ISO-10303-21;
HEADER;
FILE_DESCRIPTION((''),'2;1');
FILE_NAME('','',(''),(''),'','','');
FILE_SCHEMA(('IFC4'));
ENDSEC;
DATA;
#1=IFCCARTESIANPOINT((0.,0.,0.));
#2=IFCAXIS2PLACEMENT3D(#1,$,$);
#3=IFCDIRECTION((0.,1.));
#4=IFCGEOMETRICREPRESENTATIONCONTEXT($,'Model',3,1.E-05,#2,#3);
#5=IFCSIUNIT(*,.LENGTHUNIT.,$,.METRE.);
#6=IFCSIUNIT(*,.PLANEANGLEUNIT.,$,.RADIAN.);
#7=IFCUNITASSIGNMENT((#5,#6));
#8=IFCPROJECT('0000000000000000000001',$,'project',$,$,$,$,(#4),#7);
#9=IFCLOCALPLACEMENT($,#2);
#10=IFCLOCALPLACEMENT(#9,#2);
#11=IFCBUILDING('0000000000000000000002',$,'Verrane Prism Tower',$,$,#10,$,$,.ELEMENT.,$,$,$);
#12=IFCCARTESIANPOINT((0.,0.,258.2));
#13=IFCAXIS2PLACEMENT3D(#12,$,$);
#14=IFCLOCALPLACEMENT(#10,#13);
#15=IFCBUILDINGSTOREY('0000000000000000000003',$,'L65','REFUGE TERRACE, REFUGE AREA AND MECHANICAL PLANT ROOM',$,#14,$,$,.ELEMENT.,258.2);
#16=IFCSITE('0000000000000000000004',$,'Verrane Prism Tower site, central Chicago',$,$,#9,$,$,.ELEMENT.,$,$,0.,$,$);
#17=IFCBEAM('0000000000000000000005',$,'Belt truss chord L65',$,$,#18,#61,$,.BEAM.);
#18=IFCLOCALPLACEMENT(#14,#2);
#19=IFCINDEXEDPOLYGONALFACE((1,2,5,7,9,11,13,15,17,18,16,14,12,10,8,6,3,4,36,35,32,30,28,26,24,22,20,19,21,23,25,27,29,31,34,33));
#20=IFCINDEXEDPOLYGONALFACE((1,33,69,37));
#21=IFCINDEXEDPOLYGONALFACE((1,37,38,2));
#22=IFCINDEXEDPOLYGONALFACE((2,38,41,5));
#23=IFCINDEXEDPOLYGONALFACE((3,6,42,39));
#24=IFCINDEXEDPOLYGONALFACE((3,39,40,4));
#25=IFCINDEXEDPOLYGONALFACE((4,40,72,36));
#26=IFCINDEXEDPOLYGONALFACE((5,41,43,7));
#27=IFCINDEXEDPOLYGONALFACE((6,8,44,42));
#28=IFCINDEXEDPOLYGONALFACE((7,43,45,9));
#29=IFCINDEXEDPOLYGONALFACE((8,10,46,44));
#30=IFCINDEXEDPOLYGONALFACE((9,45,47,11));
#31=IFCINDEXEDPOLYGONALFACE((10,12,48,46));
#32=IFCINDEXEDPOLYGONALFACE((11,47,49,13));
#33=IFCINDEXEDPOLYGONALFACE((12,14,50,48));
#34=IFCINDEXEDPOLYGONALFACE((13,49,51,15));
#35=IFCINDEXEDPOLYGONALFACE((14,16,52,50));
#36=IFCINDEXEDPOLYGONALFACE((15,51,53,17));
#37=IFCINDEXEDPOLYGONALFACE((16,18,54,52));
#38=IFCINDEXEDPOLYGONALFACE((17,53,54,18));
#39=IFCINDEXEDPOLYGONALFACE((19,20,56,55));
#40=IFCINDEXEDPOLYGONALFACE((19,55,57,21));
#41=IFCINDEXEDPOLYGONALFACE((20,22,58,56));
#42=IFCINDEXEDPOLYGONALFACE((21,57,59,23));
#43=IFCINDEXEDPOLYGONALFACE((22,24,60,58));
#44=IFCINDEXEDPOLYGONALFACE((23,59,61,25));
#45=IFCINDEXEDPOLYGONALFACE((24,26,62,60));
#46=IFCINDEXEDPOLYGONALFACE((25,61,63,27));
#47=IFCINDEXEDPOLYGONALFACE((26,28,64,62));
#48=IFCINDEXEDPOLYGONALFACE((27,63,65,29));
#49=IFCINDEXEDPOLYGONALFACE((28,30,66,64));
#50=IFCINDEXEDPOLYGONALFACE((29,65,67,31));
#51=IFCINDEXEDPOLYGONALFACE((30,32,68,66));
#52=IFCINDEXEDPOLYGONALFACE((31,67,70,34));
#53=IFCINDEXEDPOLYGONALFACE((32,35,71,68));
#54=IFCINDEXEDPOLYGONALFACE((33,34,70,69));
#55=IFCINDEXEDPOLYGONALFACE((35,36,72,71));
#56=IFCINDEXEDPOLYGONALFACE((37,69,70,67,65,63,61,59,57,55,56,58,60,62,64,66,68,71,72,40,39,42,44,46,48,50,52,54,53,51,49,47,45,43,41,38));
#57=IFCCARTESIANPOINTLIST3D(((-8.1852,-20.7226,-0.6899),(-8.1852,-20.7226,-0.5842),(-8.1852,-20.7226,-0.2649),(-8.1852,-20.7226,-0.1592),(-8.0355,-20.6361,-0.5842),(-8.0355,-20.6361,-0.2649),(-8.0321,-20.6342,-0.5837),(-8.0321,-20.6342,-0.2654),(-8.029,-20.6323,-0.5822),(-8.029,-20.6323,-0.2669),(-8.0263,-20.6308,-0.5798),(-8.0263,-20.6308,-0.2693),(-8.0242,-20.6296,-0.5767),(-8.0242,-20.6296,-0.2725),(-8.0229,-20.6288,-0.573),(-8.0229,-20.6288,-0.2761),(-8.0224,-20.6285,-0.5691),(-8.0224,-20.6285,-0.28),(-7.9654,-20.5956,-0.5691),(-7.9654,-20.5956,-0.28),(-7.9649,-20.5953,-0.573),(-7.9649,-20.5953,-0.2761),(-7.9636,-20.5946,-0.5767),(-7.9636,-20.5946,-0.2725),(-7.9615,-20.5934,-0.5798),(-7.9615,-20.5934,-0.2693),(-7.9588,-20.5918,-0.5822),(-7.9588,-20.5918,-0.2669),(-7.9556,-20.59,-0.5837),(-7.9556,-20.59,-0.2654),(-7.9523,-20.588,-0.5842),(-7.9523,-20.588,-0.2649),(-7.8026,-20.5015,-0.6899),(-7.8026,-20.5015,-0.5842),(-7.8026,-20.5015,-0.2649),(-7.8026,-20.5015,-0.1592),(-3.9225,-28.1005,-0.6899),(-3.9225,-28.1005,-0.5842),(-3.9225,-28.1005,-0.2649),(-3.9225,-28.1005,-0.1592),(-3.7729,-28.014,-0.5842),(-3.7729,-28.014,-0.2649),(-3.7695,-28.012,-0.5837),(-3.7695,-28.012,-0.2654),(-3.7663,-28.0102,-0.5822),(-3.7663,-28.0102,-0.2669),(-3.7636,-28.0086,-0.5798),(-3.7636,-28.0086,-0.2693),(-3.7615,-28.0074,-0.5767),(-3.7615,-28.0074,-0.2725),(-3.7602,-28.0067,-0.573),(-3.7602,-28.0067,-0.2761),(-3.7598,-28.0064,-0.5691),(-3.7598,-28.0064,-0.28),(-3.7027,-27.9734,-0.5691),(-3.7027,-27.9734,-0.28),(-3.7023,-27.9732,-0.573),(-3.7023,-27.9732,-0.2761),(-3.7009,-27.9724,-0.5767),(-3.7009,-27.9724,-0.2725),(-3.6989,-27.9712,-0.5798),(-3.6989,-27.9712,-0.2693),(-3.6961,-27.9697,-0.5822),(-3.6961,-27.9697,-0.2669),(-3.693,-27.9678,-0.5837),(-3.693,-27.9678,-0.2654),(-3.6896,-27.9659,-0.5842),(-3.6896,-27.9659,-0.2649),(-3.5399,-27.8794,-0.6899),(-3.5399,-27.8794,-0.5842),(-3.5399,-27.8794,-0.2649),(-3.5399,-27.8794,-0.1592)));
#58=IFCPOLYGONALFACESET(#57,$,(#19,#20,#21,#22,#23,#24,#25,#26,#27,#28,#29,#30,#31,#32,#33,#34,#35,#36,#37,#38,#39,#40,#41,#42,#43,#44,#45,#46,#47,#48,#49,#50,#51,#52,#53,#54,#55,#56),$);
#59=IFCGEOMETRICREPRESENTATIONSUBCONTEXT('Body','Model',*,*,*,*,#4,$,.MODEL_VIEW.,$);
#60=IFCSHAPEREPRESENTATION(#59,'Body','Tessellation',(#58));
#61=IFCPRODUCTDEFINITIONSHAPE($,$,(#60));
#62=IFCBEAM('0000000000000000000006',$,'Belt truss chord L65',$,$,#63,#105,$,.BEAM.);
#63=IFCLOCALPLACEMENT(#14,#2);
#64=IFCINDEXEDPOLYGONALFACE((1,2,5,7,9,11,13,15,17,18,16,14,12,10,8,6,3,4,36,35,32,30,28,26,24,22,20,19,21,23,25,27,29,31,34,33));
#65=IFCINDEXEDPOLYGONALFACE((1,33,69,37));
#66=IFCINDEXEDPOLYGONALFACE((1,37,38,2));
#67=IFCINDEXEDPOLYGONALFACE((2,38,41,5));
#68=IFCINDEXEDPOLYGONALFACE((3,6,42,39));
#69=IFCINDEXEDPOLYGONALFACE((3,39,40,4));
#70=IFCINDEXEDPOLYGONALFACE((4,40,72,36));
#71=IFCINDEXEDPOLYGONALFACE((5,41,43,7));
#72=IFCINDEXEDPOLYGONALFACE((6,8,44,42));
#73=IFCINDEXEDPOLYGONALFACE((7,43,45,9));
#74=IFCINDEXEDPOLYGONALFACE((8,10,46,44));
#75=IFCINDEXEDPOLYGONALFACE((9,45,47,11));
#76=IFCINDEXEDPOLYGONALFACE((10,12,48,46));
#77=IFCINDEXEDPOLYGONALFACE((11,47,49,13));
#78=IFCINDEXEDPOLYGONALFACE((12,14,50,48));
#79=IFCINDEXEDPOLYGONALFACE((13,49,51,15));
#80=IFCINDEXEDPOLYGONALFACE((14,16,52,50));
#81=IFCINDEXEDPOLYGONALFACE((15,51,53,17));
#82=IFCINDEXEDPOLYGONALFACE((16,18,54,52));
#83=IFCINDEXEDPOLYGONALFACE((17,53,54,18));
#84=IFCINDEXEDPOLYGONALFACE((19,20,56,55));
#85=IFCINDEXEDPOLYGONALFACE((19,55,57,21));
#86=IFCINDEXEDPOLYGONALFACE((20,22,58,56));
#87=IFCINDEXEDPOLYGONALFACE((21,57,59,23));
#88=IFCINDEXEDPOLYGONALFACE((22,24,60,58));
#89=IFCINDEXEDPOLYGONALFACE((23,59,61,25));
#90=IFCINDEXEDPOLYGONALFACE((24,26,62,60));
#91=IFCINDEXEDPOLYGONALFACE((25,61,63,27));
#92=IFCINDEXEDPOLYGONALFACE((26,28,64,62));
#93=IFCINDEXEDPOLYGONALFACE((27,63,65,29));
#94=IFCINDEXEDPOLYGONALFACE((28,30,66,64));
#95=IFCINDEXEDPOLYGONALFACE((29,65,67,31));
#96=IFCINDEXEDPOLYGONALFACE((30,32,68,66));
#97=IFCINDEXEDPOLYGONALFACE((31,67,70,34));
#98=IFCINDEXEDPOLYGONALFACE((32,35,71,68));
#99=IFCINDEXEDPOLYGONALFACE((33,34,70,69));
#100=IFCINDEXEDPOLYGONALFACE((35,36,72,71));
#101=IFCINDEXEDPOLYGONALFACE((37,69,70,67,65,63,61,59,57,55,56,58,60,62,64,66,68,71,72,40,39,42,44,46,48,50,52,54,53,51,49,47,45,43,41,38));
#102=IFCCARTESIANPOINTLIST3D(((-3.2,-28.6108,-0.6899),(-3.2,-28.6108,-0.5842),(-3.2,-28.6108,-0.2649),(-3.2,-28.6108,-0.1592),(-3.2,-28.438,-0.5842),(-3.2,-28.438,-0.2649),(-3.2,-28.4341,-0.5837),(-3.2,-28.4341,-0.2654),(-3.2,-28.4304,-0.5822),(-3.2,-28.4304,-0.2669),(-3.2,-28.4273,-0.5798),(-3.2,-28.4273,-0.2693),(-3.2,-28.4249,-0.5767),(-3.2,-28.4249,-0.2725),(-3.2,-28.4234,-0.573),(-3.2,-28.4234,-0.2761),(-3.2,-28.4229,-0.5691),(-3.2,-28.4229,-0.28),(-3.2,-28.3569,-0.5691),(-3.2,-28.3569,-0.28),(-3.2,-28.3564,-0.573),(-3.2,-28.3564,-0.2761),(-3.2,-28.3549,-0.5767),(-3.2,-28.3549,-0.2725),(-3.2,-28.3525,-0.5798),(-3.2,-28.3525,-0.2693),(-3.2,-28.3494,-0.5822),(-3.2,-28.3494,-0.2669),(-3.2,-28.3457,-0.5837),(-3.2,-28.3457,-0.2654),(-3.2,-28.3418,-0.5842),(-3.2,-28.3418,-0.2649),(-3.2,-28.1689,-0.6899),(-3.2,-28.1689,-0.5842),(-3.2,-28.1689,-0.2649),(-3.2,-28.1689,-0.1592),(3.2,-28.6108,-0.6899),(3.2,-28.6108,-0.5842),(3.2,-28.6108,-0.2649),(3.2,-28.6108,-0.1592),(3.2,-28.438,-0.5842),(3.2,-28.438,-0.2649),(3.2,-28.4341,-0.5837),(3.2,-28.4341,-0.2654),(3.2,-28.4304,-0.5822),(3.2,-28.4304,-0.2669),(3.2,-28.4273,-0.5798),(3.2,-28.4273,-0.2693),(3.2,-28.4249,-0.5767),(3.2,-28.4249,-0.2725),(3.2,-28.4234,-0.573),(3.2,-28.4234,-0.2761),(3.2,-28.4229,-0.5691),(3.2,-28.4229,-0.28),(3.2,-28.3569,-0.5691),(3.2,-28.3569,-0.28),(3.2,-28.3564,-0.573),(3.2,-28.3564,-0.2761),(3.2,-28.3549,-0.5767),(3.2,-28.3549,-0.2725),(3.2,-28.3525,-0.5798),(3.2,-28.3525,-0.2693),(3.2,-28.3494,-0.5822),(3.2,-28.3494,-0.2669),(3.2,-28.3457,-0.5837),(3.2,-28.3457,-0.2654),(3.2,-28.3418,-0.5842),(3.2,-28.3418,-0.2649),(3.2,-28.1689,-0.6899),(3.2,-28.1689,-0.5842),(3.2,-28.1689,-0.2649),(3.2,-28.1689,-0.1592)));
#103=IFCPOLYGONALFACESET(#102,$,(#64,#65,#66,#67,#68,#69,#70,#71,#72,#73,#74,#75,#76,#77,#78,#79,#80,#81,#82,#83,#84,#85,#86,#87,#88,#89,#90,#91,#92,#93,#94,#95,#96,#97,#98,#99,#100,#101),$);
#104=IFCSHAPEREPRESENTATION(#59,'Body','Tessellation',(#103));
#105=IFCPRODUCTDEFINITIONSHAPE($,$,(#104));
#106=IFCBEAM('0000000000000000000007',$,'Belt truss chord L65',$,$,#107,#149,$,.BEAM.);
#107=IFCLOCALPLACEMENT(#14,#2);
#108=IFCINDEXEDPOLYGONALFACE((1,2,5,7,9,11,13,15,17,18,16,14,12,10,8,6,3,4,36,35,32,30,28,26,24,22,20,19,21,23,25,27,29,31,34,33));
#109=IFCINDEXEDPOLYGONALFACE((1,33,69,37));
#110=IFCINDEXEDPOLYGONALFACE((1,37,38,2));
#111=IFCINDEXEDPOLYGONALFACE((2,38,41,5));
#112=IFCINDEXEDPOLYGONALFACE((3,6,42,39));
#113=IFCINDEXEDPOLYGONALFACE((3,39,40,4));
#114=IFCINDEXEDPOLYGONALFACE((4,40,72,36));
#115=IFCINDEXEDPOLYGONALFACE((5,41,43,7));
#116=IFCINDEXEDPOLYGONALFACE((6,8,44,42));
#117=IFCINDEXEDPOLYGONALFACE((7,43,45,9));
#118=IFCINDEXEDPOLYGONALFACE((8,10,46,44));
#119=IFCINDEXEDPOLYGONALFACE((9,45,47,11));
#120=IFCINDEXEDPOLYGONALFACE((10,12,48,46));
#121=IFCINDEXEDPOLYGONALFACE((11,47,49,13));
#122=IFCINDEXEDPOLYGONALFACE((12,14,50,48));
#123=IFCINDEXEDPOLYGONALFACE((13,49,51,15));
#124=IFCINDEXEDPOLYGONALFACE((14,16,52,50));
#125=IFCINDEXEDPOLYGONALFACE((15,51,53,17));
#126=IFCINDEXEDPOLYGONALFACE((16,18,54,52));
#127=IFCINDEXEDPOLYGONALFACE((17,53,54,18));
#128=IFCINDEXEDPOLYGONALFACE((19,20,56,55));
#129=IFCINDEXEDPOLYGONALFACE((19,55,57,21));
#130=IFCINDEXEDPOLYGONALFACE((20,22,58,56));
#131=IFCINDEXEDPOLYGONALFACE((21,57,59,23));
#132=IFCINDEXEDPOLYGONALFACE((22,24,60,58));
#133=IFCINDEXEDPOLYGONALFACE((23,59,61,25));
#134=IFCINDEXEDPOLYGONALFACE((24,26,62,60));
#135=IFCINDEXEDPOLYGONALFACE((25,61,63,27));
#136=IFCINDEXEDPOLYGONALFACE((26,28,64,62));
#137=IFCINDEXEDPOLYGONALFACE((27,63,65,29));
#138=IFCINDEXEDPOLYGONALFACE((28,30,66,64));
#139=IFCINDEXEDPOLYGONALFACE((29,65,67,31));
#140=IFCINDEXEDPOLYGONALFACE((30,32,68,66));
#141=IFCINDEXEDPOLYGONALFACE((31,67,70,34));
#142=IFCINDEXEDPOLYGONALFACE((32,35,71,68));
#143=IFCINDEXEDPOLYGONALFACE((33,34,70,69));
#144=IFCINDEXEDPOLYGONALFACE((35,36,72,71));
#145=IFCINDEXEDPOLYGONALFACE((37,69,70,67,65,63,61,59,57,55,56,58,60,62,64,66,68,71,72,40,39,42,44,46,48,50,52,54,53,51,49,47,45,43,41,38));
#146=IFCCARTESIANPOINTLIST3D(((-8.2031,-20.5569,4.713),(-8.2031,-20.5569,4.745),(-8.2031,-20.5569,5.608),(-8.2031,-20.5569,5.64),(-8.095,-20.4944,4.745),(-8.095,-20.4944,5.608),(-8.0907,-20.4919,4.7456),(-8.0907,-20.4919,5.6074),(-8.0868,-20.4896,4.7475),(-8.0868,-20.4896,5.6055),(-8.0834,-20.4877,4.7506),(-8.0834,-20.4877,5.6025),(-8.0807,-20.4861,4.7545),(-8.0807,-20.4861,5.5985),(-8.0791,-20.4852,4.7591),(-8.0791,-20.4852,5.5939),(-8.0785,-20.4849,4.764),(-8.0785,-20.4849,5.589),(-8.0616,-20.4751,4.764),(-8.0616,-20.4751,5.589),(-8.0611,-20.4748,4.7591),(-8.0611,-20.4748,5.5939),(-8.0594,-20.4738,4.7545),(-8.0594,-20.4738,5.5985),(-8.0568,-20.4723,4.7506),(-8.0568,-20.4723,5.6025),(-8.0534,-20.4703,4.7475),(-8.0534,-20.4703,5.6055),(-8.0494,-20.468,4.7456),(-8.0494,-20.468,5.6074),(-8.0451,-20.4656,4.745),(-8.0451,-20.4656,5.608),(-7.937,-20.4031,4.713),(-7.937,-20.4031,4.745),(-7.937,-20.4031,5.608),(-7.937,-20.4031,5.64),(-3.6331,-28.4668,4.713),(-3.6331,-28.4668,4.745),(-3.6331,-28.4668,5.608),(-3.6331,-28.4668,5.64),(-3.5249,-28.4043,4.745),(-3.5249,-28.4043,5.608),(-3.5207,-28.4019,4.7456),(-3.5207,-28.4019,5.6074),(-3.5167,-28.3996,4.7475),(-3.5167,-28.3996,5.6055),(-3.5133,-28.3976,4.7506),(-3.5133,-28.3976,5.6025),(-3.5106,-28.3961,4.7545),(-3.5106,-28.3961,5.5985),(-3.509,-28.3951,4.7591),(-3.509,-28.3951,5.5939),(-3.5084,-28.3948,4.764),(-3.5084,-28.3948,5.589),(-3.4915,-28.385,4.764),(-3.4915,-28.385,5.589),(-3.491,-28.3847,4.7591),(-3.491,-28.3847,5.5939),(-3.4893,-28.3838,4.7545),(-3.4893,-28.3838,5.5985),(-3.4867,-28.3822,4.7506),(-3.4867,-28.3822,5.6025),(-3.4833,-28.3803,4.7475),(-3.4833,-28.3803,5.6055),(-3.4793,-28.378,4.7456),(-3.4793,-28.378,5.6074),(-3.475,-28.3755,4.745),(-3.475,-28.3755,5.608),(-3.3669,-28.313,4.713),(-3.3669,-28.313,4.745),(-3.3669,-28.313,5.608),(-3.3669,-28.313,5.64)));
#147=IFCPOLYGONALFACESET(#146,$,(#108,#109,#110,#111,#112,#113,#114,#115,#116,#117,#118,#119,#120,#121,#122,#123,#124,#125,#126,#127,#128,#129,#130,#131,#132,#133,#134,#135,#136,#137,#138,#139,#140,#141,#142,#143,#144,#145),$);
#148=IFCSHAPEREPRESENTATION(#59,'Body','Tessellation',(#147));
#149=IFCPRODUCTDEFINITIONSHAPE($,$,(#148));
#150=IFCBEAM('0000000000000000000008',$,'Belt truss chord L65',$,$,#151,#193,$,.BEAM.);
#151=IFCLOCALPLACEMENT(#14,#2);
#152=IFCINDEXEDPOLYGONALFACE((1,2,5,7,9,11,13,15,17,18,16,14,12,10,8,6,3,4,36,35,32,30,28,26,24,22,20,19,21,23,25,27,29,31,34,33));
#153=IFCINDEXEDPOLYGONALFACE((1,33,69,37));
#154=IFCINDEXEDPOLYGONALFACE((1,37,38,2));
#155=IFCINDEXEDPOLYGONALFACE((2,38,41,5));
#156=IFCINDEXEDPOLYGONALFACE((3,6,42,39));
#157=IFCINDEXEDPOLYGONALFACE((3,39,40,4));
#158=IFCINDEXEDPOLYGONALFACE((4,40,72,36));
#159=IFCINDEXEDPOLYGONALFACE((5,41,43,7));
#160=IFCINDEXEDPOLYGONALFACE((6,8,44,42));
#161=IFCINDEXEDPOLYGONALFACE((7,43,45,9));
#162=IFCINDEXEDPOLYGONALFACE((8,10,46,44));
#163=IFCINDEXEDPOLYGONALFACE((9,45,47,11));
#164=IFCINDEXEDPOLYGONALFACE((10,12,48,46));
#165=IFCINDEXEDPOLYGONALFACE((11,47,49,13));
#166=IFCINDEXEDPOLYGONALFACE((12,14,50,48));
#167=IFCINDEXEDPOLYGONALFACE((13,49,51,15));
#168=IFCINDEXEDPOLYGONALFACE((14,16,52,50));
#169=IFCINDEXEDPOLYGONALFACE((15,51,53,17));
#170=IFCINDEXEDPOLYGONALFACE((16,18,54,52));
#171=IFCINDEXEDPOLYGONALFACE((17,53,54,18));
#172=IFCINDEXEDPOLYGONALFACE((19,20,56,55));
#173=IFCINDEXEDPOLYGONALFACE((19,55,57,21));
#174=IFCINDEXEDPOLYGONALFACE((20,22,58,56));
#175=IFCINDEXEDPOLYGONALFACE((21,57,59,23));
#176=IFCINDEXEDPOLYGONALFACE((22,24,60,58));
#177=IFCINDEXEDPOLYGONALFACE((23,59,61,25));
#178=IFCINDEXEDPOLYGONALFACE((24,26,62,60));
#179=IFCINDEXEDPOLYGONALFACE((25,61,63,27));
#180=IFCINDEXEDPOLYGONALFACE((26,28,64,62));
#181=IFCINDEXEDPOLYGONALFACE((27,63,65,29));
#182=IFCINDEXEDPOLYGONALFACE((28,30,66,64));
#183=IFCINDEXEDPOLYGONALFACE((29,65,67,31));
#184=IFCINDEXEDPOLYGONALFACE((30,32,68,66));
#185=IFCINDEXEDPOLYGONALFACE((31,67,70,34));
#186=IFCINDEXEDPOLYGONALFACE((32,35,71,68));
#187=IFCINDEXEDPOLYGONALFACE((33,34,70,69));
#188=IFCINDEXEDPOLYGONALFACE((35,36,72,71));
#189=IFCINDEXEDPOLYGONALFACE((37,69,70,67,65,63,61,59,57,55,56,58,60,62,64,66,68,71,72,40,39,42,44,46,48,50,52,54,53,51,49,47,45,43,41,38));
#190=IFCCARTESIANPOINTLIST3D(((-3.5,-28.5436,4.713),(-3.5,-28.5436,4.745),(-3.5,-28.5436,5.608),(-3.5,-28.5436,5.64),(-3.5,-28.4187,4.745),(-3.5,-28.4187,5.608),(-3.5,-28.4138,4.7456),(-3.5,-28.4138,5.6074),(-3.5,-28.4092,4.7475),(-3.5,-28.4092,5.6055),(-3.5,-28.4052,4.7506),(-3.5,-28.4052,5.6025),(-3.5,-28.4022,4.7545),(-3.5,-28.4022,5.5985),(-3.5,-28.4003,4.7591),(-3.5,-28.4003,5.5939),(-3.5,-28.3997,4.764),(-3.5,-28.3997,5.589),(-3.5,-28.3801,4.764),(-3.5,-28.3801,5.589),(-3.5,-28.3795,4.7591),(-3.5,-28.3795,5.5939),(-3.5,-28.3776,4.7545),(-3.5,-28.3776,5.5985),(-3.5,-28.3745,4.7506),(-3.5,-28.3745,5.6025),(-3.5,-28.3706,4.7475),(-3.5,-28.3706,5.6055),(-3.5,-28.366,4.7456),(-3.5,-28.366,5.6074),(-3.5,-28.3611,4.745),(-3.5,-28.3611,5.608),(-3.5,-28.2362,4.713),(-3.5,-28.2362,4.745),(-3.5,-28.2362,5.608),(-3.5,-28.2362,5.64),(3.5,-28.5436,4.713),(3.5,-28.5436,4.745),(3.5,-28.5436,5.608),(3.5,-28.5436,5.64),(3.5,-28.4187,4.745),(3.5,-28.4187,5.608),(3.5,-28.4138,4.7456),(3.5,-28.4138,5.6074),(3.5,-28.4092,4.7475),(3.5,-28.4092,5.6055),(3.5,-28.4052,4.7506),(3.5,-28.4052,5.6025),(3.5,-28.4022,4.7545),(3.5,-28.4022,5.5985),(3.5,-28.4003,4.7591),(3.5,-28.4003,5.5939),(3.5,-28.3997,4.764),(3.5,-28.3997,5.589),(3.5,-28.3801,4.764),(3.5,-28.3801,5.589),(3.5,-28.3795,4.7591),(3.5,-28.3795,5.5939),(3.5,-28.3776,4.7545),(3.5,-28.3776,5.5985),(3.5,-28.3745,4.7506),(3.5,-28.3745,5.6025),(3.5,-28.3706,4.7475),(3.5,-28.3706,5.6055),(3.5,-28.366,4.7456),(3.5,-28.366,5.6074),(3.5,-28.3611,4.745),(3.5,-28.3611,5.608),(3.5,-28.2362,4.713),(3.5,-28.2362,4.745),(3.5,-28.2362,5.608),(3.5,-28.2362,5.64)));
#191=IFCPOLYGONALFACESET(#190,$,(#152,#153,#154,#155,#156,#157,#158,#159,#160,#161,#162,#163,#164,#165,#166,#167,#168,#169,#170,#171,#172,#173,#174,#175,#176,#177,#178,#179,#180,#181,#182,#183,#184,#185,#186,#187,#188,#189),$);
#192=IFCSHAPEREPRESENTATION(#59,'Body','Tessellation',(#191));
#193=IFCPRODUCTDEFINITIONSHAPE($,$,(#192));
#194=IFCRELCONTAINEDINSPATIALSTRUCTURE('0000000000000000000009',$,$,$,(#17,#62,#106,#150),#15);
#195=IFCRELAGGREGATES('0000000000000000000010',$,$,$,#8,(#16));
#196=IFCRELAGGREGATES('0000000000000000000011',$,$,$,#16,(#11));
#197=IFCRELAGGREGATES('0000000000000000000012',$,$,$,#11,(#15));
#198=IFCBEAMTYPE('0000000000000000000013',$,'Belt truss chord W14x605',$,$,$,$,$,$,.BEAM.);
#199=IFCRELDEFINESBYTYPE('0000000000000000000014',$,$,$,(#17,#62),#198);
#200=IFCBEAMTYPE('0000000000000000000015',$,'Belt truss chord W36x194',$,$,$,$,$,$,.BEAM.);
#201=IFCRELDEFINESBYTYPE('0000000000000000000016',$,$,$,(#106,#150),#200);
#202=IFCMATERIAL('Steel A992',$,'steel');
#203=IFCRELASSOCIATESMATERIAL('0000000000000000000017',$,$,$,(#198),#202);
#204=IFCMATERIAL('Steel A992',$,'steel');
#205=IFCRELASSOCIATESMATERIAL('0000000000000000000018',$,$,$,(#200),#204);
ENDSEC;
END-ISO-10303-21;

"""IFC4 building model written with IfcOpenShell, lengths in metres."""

from ifc_helpers import new_model, si_unit, direction, frame, origin, origin_2d, place, context, subcontext, project, spatial, i_section, extrude, material, material_profile, profile_set, type_object, element, save


model = new_model("IFC4")

# Units and contexts
model_context = context("Model", 3, precision=1e-05, world=origin(), true_north=direction((0.0, 1.0)))
body_context = subcontext(model_context, "Body", "Model", "MODEL_VIEW")
ifc_project = project(units=[si_unit("LENGTHUNIT", "METRE"), si_unit("PLANEANGLEUNIT", "RADIAN")], contexts=[model_context])

# Site, building, storey
site_placement = place(None, origin())
site = spatial("IfcSite", under=ifc_project, at=site_placement, Name="Verrane Prism Tower site, central Chicago", CompositionType="ELEMENT", RefElevation=0.0)
building_placement = place(site_placement, origin())
building = spatial("IfcBuilding", under=site, at=building_placement, Name="Verrane Prism Tower", CompositionType="ELEMENT")
storey_placement = place(building_placement, frame((0.0, 0.0, 258.2)))
storey = spatial("IfcBuildingStorey", under=building, at=storey_placement, Name="L65", Description="REFUGE TERRACE, REFUGE AREA AND MECHANICAL PLANT ROOM", CompositionType="ELEMENT", Elevation=258.2)

# Beams
ifc_material_1 = material(Name="Steel A992", Category="steel")
ifc_material_profile_1 = material_profile(ifc_material_1, i_section(OverallWidth=0.4419, OverallDepth=0.5308, WebThickness=0.0659, FlangeThickness=0.1057, FilletRadius=0.0151, at=origin_2d()), Name="W14x605")
ifc_profile_set_1 = profile_set([ifc_material_profile_1], Name="Steel A992")
beam_type_1 = type_object("IfcBeamType", Name="Belt truss chord W14x605", PredefinedType="BEAM", material=ifc_profile_set_1)
beam_1_placement = place(storey_placement, frame((-7.9939, -20.6121, -0.4246), z_axis=(0.500268, -0.865871, 0.0), x_axis=(0.865871, 0.500268, 0.0)))
element("IfcBeam", 1, at=beam_1_placement, inside=storey, type_object=beam_type_1, Name="Belt truss chord L65", PredefinedType="BEAM", context=body_context, shape_type="SweptSolid", body=[
    extrude(i_section(OverallWidth=0.4419, OverallDepth=0.5308, WebThickness=0.0659, FlangeThickness=0.1057, FilletRadius=0.0151, at=origin_2d()), origin(), (0.0, 0.0, 1.0), 8.5208),
])
beam_2_placement = place(storey_placement, frame((-3.2, -28.3899, -0.4246), z_axis=(1.0, 0.0, 0.0), x_axis=(0.0, 1.0, 0.0)))
element("IfcBeam", 2, at=beam_2_placement, inside=storey, type_object=beam_type_1, Name="Belt truss chord L65", PredefinedType="BEAM", context=body_context, shape_type="SweptSolid", body=[
    extrude(i_section(OverallWidth=0.4419, OverallDepth=0.5308, WebThickness=0.0659, FlangeThickness=0.1057, FilletRadius=0.0151, at=origin_2d()), origin(), (0.0, 0.0, 1.0), 6.3999),
])
ifc_material_2 = material(Name="Steel A992", Category="steel")
ifc_material_profile_2 = material_profile(ifc_material_2, i_section(OverallWidth=0.3074, OverallDepth=0.927, WebThickness=0.0195, FlangeThickness=0.032, FilletRadius=0.019, at=origin_2d()), Name="W36x194")
ifc_profile_set_2 = profile_set([ifc_material_profile_2], Name="Steel A992")
beam_type_2 = type_object("IfcBeamType", Name="Belt truss chord W36x194", PredefinedType="BEAM", material=ifc_profile_set_2)
beam_3_placement = place(storey_placement, frame((-8.0701, -20.48, 5.1765), z_axis=(0.500269, -0.86587, 0.0), x_axis=(0.86587, 0.500269, 0.0)))
element("IfcBeam", 3, at=beam_3_placement, inside=storey, type_object=beam_type_2, Name="Belt truss chord L65", PredefinedType="BEAM", context=body_context, shape_type="SweptSolid", body=[
    extrude(i_section(OverallWidth=0.3074, OverallDepth=0.927, WebThickness=0.0195, FlangeThickness=0.032, FilletRadius=0.019, at=origin_2d()), origin(), (0.0, 0.0, 1.0), 9.1353),
])
beam_4_placement = place(storey_placement, frame((-3.5, -28.3899, 5.1765), z_axis=(1.0, 0.0, 0.0), x_axis=(0.0, 1.0, 0.0)))
element("IfcBeam", 4, at=beam_4_placement, inside=storey, type_object=beam_type_2, Name="Belt truss chord L65", PredefinedType="BEAM", context=body_context, shape_type="SweptSolid", body=[
    extrude(i_section(OverallWidth=0.3074, OverallDepth=0.927, WebThickness=0.0195, FlangeThickness=0.032, FilletRadius=0.019, at=origin_2d()), origin(), (0.0, 0.0, 1.0), 7.0),
])

save(model, "model.ifc")
